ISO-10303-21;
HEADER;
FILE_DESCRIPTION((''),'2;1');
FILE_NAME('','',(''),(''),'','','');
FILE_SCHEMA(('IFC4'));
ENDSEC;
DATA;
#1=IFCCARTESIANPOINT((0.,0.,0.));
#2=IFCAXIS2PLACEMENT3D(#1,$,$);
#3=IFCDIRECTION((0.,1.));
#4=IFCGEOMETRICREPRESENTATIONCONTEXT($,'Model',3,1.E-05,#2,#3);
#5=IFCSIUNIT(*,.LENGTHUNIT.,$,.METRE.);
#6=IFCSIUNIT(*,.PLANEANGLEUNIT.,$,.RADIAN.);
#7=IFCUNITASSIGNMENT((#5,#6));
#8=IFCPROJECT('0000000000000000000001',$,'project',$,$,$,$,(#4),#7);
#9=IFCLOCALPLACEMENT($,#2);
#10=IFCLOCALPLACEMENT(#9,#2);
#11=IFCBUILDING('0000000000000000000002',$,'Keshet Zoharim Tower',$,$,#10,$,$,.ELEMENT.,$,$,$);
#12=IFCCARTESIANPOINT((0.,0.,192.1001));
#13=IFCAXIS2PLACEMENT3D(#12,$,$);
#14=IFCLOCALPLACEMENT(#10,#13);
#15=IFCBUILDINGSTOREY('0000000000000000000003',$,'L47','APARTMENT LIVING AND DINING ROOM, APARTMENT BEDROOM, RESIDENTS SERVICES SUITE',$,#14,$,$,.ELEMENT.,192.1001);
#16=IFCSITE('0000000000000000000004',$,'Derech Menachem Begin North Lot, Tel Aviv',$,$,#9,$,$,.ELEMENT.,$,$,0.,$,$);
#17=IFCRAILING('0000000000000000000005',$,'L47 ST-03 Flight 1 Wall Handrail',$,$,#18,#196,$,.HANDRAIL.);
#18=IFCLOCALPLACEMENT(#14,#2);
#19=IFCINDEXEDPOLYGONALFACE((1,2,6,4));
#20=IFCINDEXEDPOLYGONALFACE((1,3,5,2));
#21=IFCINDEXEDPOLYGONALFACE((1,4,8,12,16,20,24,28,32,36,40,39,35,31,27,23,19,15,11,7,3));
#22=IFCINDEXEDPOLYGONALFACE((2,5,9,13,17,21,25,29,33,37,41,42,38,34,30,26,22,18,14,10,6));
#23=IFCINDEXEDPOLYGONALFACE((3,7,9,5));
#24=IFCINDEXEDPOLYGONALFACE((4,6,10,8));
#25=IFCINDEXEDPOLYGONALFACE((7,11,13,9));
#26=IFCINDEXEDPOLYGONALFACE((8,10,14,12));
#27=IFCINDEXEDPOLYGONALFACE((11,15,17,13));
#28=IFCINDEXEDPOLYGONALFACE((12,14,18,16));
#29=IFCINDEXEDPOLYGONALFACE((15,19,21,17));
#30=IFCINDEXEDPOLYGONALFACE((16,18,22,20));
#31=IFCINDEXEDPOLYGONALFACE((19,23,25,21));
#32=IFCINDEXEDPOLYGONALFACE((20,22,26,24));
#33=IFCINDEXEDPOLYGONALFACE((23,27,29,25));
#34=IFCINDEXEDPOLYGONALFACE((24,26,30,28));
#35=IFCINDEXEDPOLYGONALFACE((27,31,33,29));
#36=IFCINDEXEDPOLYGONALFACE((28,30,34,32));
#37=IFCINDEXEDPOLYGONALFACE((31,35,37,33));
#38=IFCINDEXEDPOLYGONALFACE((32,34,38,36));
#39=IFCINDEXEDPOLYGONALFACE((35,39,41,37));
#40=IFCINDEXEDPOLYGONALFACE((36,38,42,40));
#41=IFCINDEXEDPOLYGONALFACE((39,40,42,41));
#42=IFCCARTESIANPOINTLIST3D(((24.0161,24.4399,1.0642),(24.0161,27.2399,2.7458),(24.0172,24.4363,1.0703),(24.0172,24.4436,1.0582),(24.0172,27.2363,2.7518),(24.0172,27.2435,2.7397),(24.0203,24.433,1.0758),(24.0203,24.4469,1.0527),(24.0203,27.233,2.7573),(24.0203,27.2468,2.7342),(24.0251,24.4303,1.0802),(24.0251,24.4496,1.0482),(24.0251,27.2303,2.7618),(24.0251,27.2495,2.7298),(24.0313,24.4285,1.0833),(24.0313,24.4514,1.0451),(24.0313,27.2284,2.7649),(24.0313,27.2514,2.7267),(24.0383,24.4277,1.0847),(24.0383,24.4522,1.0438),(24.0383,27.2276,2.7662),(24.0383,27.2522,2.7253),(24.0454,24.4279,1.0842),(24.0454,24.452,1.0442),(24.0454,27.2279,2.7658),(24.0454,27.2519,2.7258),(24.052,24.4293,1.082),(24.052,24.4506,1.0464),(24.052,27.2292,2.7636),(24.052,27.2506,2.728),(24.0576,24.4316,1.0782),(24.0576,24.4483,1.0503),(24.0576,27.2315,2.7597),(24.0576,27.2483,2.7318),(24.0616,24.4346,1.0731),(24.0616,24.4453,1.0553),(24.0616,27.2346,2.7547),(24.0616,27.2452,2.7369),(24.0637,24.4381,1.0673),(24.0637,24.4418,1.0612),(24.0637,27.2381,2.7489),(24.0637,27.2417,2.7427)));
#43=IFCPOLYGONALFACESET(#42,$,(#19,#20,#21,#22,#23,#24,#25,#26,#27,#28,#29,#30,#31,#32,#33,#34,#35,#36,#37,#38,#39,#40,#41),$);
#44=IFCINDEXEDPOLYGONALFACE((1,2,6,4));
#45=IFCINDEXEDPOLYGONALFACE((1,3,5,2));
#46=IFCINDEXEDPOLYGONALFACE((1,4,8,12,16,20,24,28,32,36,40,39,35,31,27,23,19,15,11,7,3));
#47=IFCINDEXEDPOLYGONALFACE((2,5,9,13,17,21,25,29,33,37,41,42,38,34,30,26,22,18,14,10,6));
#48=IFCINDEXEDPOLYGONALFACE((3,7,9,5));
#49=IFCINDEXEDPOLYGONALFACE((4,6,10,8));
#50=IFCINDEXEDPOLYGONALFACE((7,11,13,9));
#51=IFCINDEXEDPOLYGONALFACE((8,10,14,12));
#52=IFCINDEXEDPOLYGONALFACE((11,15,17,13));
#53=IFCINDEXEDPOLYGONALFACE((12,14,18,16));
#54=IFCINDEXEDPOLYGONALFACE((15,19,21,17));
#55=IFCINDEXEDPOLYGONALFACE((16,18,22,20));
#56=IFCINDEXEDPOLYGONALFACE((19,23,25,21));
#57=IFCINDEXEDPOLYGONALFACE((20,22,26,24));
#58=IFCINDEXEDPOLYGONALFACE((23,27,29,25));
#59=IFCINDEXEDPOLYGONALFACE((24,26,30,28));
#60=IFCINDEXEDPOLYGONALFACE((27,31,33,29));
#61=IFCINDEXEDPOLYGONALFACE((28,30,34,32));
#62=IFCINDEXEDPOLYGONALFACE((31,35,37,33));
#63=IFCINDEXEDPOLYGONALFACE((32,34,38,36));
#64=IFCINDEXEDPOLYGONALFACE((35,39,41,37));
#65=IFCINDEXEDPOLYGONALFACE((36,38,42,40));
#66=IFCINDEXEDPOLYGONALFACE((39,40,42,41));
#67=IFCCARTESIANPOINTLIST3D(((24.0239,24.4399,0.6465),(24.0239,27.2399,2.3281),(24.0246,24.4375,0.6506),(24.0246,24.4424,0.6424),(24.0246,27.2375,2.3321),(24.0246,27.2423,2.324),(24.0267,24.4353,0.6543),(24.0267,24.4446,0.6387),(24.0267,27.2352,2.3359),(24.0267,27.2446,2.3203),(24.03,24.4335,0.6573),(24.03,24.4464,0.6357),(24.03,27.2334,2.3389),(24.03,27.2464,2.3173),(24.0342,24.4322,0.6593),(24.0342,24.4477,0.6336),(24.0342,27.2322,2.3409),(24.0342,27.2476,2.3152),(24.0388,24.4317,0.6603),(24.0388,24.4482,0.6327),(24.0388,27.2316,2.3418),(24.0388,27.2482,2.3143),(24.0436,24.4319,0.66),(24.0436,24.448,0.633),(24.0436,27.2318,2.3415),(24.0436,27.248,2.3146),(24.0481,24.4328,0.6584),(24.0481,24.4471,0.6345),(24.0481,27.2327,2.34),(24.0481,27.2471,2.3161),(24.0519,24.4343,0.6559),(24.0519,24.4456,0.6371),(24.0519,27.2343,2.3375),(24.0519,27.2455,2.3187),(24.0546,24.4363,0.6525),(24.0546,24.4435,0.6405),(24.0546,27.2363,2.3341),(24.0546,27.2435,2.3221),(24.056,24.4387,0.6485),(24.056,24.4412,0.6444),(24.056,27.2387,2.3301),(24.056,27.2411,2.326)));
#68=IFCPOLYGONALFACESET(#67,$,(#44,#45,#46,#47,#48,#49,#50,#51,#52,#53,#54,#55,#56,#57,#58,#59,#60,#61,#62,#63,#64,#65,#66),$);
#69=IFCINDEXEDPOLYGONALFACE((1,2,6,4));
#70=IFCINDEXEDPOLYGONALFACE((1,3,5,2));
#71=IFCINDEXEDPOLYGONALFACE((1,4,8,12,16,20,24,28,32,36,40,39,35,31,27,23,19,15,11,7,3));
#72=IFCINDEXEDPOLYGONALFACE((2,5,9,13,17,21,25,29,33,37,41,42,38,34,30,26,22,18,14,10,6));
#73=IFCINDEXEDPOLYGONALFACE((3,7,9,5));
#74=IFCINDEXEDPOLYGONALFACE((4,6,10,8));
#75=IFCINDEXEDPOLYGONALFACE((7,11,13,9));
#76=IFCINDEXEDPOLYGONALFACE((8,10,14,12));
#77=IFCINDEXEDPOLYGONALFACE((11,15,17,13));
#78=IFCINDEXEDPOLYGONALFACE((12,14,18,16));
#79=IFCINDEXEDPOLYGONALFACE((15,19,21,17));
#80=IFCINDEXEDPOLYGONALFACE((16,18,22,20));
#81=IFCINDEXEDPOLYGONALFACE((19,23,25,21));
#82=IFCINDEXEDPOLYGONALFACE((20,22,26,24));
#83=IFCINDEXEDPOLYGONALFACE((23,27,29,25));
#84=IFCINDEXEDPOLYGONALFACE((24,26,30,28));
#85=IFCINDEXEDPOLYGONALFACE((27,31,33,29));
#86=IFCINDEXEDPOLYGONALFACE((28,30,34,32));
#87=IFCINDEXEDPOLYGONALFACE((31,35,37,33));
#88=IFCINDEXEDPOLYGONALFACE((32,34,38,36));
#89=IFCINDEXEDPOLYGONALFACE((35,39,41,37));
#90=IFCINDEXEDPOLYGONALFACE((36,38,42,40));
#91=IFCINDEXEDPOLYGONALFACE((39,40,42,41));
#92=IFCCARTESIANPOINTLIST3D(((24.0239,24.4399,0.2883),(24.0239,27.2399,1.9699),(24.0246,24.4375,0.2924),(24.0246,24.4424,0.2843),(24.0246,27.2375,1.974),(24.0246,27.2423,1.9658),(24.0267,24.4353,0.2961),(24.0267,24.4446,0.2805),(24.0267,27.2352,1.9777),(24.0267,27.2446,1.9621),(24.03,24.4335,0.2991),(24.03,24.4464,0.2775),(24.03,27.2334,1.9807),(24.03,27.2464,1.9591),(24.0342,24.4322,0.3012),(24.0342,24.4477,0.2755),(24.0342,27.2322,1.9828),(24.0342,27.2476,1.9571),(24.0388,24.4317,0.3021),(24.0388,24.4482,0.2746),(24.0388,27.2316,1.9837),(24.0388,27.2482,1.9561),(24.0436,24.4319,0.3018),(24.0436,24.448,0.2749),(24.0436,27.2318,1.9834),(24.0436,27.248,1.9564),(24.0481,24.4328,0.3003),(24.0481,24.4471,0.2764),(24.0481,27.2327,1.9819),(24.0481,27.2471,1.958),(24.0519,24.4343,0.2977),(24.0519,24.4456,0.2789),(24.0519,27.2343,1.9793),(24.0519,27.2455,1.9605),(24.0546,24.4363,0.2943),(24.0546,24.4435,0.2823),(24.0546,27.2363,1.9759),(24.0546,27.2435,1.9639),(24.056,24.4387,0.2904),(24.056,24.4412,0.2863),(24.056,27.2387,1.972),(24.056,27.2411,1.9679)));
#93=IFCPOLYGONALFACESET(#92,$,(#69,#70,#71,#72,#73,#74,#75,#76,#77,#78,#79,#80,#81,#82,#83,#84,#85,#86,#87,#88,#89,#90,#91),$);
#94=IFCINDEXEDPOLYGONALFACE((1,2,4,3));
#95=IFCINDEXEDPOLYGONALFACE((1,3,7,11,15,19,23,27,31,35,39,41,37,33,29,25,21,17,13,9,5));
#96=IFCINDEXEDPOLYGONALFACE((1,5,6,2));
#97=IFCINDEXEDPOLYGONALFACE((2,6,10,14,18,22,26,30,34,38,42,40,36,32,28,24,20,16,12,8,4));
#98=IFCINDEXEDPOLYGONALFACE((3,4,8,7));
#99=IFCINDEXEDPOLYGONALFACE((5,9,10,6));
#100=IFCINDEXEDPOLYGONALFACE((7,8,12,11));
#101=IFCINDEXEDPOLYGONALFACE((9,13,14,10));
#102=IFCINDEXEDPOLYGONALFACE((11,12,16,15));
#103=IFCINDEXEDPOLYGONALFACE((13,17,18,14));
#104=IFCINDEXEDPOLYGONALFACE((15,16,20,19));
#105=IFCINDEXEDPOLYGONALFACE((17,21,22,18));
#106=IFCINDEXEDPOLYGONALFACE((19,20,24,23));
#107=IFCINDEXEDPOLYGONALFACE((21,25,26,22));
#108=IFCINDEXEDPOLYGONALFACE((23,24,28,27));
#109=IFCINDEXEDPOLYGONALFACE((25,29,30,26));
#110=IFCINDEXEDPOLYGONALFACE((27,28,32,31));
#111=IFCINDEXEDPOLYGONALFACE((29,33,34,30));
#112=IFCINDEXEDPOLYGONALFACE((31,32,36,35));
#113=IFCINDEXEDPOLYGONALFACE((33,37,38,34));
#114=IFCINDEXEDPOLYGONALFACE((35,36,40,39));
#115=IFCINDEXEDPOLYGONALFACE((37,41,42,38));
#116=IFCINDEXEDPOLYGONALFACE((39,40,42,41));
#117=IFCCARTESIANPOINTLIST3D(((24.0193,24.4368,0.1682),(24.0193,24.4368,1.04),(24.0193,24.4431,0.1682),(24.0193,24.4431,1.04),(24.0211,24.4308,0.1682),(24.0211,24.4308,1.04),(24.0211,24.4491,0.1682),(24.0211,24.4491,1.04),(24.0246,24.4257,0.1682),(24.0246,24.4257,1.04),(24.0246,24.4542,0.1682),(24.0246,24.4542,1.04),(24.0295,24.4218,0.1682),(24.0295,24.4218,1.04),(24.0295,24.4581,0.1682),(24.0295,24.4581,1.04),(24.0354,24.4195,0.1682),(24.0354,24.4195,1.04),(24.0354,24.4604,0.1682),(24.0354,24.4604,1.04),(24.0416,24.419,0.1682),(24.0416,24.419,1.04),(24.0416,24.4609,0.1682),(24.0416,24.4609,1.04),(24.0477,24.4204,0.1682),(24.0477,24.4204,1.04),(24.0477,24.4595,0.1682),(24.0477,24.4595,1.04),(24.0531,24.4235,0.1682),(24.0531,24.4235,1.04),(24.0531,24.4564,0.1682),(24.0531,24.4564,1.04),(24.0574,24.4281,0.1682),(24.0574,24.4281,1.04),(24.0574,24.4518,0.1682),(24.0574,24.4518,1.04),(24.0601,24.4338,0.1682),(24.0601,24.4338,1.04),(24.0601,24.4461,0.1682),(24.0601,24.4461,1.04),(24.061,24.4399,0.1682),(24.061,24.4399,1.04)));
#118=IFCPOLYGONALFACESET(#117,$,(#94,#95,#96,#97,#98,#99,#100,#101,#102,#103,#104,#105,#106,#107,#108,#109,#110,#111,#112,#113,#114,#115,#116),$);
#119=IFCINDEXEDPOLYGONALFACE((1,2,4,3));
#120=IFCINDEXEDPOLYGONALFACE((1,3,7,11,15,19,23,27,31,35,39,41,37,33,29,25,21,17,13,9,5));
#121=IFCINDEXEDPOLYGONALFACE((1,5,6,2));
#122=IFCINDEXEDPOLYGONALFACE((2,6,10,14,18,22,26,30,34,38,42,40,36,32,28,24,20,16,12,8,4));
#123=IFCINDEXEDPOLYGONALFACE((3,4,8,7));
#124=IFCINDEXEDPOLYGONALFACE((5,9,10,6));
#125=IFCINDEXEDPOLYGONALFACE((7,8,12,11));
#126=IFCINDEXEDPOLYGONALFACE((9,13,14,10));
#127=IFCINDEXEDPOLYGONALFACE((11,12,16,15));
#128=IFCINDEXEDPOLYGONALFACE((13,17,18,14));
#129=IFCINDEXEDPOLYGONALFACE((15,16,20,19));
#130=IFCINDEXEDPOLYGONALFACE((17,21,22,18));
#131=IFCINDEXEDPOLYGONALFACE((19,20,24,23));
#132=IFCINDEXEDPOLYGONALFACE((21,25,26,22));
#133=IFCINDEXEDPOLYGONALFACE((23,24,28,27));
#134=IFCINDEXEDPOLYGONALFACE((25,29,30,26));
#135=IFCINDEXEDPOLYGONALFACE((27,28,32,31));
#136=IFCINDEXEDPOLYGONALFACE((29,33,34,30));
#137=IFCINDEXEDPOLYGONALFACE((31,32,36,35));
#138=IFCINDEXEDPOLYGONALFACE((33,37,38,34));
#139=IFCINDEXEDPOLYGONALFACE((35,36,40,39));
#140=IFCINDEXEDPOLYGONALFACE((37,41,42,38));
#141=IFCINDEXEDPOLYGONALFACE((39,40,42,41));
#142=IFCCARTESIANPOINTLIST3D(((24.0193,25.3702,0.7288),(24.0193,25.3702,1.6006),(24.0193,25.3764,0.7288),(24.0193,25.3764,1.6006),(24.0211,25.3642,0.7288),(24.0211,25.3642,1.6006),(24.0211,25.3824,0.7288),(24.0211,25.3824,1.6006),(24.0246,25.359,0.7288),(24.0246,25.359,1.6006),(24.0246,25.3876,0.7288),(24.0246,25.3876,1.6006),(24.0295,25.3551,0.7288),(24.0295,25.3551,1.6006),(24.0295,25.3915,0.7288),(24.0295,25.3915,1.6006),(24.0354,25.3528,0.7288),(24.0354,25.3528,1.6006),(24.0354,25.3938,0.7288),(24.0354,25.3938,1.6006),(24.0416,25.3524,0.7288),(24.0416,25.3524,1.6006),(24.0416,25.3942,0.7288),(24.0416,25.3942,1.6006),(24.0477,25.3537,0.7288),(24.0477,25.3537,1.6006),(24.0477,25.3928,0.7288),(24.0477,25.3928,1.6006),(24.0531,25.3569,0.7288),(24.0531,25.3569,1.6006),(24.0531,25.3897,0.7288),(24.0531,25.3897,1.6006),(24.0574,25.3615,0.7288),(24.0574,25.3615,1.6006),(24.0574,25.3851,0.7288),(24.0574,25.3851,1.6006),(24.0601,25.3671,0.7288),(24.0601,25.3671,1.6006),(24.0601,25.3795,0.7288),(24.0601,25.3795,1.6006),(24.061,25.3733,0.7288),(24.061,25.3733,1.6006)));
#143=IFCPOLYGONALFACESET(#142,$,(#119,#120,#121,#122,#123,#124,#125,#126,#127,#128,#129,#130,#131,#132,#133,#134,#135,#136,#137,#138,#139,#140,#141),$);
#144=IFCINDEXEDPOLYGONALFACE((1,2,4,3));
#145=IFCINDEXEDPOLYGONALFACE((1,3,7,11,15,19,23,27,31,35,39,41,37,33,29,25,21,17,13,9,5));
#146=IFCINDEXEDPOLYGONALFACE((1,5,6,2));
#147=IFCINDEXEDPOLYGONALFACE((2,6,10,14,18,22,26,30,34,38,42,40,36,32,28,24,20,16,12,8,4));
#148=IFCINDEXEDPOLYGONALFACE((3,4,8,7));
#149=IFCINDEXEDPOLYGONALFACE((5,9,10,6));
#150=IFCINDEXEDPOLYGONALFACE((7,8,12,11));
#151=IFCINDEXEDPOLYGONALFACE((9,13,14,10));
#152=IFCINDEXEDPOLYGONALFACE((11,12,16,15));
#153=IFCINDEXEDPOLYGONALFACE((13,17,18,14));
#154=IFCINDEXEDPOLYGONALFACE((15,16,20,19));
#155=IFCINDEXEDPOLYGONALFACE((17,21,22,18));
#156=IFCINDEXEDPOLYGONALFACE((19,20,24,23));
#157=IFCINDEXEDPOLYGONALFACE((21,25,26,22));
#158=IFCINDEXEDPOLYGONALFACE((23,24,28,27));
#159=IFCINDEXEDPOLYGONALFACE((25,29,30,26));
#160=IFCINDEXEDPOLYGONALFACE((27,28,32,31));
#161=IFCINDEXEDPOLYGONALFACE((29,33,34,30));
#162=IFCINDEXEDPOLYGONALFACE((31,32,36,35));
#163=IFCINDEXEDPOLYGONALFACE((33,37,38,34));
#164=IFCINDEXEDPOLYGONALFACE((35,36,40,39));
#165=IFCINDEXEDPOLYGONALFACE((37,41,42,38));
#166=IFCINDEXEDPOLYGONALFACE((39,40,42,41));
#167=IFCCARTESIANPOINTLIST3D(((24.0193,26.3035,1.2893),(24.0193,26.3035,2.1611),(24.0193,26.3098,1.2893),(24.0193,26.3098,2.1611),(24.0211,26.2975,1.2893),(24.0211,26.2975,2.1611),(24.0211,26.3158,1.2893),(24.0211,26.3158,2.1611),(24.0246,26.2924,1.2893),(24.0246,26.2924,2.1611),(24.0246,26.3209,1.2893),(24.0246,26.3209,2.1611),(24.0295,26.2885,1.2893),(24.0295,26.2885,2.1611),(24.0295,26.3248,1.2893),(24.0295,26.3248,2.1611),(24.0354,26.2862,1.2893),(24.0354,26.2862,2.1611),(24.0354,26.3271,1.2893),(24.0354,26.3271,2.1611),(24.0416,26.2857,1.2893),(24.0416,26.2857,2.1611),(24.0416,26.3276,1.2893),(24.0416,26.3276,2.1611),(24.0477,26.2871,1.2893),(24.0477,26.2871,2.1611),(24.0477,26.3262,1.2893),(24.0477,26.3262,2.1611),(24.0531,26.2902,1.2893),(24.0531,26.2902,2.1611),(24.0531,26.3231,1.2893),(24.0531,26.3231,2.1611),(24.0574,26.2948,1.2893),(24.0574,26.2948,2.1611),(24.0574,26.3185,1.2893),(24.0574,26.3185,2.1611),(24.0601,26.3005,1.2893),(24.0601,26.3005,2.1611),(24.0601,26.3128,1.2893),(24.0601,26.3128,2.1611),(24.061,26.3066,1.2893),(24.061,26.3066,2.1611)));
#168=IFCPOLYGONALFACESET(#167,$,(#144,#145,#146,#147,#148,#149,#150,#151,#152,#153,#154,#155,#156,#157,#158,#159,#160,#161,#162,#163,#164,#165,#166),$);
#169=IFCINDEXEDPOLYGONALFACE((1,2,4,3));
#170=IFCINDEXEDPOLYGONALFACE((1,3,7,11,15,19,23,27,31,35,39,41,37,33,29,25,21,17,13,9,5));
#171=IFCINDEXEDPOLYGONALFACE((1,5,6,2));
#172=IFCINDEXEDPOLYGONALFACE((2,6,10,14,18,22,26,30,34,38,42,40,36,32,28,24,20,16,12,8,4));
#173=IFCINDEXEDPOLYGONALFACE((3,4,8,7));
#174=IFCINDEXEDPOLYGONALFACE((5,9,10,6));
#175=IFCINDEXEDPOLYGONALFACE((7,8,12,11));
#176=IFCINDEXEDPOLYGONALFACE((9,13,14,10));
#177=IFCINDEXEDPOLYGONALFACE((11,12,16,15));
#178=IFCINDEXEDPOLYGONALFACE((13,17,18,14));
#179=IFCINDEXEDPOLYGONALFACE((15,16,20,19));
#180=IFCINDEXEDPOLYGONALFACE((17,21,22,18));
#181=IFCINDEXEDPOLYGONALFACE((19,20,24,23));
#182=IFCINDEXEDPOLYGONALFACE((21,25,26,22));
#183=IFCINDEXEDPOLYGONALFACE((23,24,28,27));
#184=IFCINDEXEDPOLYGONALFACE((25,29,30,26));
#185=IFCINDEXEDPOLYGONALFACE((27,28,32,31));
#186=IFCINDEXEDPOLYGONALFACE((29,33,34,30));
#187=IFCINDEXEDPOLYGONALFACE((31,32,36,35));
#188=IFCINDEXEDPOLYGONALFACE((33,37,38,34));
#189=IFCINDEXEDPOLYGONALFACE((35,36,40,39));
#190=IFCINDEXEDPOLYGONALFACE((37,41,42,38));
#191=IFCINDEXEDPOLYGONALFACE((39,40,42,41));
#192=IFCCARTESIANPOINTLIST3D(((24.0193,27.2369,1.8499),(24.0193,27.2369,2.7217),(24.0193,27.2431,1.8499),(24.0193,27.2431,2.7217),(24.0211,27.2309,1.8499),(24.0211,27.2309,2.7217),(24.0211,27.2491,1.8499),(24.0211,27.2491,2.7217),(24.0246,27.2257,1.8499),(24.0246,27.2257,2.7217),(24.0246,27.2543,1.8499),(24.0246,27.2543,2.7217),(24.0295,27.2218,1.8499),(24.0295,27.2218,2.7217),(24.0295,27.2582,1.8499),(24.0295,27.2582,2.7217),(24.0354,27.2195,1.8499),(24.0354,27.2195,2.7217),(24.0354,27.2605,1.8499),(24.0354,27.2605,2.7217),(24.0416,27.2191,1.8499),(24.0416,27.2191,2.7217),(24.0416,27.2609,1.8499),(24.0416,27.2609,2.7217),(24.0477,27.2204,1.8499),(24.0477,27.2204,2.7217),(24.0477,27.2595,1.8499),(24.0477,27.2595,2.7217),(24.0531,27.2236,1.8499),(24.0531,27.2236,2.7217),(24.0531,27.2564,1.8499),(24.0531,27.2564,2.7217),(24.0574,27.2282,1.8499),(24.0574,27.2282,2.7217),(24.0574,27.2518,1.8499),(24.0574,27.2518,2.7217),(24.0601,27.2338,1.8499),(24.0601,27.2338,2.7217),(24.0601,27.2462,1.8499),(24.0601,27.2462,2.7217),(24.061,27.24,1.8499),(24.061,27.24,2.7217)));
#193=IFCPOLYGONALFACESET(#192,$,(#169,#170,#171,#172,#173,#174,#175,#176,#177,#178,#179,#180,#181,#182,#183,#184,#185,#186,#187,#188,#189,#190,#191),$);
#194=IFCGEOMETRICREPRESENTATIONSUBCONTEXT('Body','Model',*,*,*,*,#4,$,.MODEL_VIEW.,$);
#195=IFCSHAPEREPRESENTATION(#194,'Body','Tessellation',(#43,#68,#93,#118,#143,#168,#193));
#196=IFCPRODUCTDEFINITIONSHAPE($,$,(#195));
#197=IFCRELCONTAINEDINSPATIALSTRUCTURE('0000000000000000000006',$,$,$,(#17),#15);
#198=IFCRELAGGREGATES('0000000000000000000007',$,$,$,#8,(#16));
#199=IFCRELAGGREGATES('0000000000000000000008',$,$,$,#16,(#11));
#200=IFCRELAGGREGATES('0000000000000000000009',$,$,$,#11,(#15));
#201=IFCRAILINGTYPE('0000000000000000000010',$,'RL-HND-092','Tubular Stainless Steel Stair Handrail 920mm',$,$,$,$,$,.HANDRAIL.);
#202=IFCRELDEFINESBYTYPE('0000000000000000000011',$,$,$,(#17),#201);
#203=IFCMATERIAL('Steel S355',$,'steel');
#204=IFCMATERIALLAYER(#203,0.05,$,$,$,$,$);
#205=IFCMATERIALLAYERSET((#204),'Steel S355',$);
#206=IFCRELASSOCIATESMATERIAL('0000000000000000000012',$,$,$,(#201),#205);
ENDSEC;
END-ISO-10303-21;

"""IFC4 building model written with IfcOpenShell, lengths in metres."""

from ifc_helpers import new_model, si_unit, direction, frame, origin, origin_2d, place, context, subcontext, project, spatial, circle, extrude, material, layer, layer_set, type_object, element, save


model = new_model("IFC4")

# Units and contexts
model_context = context("Model", 3, precision=1e-05, world=origin(), true_north=direction((0.0, 1.0)))
body_context = subcontext(model_context, "Body", "Model", "MODEL_VIEW")
ifc_project = project(units=[si_unit("LENGTHUNIT", "METRE"), si_unit("PLANEANGLEUNIT", "RADIAN")], contexts=[model_context])

# Site, building, storey
site_placement = place(None, origin())
site = spatial("IfcSite", under=ifc_project, at=site_placement, Name="Derech Menachem Begin North Lot, Tel Aviv", CompositionType="ELEMENT", RefElevation=0.0)
building_placement = place(site_placement, origin())
building = spatial("IfcBuilding", under=site, at=building_placement, Name="Keshet Zoharim Tower", CompositionType="ELEMENT")
storey_placement = place(building_placement, frame((0.0, 0.0, 192.1001)))
storey = spatial("IfcBuildingStorey", under=building, at=storey_placement, Name="L47", Description="APARTMENT LIVING AND DINING ROOM, APARTMENT BEDROOM, RESIDENTS SERVICES SUITE", CompositionType="ELEMENT", Elevation=192.1001)

# Railing
ifc_material_1 = material(Name="Steel S355", Category="steel")
ifc_layer_1 = layer(ifc_material_1, 0.05)
ifc_layer_set_1 = layer_set([ifc_layer_1], Name="Steel S355")
railing_type_1 = type_object("IfcRailingType", Name="RL-HND-092", Description="Tubular Stainless Steel Stair Handrail 920mm", PredefinedType="HANDRAIL", material=ifc_layer_set_1)
railing_1_placement = place(storey_placement, frame((24.04, 24.4399, 0.1682)))
element("IfcRailing", 1, at=railing_1_placement, inside=storey, type_object=railing_type_1, Name="L47 ST-03 Flight 1 Wall Handrail", PredefinedType="HANDRAIL", context=body_context, shape_type="SweptSolid", body=[
    extrude(circle(Radius=0.0239, at=origin_2d()), frame((0.0, 0.0, 0.896), z_axis=(0.0, 0.857275, 0.514858), x_axis=(-1.0, 0.0, 0.0)), (0.0, 0.0, 1.0), 3.2661),
    extrude(circle(Radius=0.0161, at=origin_2d()), frame((0.0, 0.0, 0.4783), z_axis=(0.0, 0.857275, 0.514858), x_axis=(-1.0, 0.0, 0.0)), (0.0, 0.0, 1.0), 3.2661),
    extrude(circle(Radius=0.0161, at=origin_2d()), frame((0.0, 0.0, 0.1201), z_axis=(0.0, 0.857275, 0.514858), x_axis=(-1.0, 0.0, 0.0)), (0.0, 0.0, 1.0), 3.2661),
    extrude(circle(Radius=0.021, at=origin_2d()), origin(), (0.0, 0.0, 1.0), 0.8718),
    extrude(circle(Radius=0.021, at=origin_2d()), frame((0.0, 0.9333, 0.5605)), (0.0, 0.0, 1.0), 0.8718),
    extrude(circle(Radius=0.021, at=origin_2d()), frame((0.0, 1.8667, 1.1211)), (0.0, 0.0, 1.0), 0.8718),
    extrude(circle(Radius=0.021, at=origin_2d()), frame((0.0, 2.8, 1.6816)), (0.0, 0.0, 1.0), 0.8718),
])

save(model, "model.ifc")
